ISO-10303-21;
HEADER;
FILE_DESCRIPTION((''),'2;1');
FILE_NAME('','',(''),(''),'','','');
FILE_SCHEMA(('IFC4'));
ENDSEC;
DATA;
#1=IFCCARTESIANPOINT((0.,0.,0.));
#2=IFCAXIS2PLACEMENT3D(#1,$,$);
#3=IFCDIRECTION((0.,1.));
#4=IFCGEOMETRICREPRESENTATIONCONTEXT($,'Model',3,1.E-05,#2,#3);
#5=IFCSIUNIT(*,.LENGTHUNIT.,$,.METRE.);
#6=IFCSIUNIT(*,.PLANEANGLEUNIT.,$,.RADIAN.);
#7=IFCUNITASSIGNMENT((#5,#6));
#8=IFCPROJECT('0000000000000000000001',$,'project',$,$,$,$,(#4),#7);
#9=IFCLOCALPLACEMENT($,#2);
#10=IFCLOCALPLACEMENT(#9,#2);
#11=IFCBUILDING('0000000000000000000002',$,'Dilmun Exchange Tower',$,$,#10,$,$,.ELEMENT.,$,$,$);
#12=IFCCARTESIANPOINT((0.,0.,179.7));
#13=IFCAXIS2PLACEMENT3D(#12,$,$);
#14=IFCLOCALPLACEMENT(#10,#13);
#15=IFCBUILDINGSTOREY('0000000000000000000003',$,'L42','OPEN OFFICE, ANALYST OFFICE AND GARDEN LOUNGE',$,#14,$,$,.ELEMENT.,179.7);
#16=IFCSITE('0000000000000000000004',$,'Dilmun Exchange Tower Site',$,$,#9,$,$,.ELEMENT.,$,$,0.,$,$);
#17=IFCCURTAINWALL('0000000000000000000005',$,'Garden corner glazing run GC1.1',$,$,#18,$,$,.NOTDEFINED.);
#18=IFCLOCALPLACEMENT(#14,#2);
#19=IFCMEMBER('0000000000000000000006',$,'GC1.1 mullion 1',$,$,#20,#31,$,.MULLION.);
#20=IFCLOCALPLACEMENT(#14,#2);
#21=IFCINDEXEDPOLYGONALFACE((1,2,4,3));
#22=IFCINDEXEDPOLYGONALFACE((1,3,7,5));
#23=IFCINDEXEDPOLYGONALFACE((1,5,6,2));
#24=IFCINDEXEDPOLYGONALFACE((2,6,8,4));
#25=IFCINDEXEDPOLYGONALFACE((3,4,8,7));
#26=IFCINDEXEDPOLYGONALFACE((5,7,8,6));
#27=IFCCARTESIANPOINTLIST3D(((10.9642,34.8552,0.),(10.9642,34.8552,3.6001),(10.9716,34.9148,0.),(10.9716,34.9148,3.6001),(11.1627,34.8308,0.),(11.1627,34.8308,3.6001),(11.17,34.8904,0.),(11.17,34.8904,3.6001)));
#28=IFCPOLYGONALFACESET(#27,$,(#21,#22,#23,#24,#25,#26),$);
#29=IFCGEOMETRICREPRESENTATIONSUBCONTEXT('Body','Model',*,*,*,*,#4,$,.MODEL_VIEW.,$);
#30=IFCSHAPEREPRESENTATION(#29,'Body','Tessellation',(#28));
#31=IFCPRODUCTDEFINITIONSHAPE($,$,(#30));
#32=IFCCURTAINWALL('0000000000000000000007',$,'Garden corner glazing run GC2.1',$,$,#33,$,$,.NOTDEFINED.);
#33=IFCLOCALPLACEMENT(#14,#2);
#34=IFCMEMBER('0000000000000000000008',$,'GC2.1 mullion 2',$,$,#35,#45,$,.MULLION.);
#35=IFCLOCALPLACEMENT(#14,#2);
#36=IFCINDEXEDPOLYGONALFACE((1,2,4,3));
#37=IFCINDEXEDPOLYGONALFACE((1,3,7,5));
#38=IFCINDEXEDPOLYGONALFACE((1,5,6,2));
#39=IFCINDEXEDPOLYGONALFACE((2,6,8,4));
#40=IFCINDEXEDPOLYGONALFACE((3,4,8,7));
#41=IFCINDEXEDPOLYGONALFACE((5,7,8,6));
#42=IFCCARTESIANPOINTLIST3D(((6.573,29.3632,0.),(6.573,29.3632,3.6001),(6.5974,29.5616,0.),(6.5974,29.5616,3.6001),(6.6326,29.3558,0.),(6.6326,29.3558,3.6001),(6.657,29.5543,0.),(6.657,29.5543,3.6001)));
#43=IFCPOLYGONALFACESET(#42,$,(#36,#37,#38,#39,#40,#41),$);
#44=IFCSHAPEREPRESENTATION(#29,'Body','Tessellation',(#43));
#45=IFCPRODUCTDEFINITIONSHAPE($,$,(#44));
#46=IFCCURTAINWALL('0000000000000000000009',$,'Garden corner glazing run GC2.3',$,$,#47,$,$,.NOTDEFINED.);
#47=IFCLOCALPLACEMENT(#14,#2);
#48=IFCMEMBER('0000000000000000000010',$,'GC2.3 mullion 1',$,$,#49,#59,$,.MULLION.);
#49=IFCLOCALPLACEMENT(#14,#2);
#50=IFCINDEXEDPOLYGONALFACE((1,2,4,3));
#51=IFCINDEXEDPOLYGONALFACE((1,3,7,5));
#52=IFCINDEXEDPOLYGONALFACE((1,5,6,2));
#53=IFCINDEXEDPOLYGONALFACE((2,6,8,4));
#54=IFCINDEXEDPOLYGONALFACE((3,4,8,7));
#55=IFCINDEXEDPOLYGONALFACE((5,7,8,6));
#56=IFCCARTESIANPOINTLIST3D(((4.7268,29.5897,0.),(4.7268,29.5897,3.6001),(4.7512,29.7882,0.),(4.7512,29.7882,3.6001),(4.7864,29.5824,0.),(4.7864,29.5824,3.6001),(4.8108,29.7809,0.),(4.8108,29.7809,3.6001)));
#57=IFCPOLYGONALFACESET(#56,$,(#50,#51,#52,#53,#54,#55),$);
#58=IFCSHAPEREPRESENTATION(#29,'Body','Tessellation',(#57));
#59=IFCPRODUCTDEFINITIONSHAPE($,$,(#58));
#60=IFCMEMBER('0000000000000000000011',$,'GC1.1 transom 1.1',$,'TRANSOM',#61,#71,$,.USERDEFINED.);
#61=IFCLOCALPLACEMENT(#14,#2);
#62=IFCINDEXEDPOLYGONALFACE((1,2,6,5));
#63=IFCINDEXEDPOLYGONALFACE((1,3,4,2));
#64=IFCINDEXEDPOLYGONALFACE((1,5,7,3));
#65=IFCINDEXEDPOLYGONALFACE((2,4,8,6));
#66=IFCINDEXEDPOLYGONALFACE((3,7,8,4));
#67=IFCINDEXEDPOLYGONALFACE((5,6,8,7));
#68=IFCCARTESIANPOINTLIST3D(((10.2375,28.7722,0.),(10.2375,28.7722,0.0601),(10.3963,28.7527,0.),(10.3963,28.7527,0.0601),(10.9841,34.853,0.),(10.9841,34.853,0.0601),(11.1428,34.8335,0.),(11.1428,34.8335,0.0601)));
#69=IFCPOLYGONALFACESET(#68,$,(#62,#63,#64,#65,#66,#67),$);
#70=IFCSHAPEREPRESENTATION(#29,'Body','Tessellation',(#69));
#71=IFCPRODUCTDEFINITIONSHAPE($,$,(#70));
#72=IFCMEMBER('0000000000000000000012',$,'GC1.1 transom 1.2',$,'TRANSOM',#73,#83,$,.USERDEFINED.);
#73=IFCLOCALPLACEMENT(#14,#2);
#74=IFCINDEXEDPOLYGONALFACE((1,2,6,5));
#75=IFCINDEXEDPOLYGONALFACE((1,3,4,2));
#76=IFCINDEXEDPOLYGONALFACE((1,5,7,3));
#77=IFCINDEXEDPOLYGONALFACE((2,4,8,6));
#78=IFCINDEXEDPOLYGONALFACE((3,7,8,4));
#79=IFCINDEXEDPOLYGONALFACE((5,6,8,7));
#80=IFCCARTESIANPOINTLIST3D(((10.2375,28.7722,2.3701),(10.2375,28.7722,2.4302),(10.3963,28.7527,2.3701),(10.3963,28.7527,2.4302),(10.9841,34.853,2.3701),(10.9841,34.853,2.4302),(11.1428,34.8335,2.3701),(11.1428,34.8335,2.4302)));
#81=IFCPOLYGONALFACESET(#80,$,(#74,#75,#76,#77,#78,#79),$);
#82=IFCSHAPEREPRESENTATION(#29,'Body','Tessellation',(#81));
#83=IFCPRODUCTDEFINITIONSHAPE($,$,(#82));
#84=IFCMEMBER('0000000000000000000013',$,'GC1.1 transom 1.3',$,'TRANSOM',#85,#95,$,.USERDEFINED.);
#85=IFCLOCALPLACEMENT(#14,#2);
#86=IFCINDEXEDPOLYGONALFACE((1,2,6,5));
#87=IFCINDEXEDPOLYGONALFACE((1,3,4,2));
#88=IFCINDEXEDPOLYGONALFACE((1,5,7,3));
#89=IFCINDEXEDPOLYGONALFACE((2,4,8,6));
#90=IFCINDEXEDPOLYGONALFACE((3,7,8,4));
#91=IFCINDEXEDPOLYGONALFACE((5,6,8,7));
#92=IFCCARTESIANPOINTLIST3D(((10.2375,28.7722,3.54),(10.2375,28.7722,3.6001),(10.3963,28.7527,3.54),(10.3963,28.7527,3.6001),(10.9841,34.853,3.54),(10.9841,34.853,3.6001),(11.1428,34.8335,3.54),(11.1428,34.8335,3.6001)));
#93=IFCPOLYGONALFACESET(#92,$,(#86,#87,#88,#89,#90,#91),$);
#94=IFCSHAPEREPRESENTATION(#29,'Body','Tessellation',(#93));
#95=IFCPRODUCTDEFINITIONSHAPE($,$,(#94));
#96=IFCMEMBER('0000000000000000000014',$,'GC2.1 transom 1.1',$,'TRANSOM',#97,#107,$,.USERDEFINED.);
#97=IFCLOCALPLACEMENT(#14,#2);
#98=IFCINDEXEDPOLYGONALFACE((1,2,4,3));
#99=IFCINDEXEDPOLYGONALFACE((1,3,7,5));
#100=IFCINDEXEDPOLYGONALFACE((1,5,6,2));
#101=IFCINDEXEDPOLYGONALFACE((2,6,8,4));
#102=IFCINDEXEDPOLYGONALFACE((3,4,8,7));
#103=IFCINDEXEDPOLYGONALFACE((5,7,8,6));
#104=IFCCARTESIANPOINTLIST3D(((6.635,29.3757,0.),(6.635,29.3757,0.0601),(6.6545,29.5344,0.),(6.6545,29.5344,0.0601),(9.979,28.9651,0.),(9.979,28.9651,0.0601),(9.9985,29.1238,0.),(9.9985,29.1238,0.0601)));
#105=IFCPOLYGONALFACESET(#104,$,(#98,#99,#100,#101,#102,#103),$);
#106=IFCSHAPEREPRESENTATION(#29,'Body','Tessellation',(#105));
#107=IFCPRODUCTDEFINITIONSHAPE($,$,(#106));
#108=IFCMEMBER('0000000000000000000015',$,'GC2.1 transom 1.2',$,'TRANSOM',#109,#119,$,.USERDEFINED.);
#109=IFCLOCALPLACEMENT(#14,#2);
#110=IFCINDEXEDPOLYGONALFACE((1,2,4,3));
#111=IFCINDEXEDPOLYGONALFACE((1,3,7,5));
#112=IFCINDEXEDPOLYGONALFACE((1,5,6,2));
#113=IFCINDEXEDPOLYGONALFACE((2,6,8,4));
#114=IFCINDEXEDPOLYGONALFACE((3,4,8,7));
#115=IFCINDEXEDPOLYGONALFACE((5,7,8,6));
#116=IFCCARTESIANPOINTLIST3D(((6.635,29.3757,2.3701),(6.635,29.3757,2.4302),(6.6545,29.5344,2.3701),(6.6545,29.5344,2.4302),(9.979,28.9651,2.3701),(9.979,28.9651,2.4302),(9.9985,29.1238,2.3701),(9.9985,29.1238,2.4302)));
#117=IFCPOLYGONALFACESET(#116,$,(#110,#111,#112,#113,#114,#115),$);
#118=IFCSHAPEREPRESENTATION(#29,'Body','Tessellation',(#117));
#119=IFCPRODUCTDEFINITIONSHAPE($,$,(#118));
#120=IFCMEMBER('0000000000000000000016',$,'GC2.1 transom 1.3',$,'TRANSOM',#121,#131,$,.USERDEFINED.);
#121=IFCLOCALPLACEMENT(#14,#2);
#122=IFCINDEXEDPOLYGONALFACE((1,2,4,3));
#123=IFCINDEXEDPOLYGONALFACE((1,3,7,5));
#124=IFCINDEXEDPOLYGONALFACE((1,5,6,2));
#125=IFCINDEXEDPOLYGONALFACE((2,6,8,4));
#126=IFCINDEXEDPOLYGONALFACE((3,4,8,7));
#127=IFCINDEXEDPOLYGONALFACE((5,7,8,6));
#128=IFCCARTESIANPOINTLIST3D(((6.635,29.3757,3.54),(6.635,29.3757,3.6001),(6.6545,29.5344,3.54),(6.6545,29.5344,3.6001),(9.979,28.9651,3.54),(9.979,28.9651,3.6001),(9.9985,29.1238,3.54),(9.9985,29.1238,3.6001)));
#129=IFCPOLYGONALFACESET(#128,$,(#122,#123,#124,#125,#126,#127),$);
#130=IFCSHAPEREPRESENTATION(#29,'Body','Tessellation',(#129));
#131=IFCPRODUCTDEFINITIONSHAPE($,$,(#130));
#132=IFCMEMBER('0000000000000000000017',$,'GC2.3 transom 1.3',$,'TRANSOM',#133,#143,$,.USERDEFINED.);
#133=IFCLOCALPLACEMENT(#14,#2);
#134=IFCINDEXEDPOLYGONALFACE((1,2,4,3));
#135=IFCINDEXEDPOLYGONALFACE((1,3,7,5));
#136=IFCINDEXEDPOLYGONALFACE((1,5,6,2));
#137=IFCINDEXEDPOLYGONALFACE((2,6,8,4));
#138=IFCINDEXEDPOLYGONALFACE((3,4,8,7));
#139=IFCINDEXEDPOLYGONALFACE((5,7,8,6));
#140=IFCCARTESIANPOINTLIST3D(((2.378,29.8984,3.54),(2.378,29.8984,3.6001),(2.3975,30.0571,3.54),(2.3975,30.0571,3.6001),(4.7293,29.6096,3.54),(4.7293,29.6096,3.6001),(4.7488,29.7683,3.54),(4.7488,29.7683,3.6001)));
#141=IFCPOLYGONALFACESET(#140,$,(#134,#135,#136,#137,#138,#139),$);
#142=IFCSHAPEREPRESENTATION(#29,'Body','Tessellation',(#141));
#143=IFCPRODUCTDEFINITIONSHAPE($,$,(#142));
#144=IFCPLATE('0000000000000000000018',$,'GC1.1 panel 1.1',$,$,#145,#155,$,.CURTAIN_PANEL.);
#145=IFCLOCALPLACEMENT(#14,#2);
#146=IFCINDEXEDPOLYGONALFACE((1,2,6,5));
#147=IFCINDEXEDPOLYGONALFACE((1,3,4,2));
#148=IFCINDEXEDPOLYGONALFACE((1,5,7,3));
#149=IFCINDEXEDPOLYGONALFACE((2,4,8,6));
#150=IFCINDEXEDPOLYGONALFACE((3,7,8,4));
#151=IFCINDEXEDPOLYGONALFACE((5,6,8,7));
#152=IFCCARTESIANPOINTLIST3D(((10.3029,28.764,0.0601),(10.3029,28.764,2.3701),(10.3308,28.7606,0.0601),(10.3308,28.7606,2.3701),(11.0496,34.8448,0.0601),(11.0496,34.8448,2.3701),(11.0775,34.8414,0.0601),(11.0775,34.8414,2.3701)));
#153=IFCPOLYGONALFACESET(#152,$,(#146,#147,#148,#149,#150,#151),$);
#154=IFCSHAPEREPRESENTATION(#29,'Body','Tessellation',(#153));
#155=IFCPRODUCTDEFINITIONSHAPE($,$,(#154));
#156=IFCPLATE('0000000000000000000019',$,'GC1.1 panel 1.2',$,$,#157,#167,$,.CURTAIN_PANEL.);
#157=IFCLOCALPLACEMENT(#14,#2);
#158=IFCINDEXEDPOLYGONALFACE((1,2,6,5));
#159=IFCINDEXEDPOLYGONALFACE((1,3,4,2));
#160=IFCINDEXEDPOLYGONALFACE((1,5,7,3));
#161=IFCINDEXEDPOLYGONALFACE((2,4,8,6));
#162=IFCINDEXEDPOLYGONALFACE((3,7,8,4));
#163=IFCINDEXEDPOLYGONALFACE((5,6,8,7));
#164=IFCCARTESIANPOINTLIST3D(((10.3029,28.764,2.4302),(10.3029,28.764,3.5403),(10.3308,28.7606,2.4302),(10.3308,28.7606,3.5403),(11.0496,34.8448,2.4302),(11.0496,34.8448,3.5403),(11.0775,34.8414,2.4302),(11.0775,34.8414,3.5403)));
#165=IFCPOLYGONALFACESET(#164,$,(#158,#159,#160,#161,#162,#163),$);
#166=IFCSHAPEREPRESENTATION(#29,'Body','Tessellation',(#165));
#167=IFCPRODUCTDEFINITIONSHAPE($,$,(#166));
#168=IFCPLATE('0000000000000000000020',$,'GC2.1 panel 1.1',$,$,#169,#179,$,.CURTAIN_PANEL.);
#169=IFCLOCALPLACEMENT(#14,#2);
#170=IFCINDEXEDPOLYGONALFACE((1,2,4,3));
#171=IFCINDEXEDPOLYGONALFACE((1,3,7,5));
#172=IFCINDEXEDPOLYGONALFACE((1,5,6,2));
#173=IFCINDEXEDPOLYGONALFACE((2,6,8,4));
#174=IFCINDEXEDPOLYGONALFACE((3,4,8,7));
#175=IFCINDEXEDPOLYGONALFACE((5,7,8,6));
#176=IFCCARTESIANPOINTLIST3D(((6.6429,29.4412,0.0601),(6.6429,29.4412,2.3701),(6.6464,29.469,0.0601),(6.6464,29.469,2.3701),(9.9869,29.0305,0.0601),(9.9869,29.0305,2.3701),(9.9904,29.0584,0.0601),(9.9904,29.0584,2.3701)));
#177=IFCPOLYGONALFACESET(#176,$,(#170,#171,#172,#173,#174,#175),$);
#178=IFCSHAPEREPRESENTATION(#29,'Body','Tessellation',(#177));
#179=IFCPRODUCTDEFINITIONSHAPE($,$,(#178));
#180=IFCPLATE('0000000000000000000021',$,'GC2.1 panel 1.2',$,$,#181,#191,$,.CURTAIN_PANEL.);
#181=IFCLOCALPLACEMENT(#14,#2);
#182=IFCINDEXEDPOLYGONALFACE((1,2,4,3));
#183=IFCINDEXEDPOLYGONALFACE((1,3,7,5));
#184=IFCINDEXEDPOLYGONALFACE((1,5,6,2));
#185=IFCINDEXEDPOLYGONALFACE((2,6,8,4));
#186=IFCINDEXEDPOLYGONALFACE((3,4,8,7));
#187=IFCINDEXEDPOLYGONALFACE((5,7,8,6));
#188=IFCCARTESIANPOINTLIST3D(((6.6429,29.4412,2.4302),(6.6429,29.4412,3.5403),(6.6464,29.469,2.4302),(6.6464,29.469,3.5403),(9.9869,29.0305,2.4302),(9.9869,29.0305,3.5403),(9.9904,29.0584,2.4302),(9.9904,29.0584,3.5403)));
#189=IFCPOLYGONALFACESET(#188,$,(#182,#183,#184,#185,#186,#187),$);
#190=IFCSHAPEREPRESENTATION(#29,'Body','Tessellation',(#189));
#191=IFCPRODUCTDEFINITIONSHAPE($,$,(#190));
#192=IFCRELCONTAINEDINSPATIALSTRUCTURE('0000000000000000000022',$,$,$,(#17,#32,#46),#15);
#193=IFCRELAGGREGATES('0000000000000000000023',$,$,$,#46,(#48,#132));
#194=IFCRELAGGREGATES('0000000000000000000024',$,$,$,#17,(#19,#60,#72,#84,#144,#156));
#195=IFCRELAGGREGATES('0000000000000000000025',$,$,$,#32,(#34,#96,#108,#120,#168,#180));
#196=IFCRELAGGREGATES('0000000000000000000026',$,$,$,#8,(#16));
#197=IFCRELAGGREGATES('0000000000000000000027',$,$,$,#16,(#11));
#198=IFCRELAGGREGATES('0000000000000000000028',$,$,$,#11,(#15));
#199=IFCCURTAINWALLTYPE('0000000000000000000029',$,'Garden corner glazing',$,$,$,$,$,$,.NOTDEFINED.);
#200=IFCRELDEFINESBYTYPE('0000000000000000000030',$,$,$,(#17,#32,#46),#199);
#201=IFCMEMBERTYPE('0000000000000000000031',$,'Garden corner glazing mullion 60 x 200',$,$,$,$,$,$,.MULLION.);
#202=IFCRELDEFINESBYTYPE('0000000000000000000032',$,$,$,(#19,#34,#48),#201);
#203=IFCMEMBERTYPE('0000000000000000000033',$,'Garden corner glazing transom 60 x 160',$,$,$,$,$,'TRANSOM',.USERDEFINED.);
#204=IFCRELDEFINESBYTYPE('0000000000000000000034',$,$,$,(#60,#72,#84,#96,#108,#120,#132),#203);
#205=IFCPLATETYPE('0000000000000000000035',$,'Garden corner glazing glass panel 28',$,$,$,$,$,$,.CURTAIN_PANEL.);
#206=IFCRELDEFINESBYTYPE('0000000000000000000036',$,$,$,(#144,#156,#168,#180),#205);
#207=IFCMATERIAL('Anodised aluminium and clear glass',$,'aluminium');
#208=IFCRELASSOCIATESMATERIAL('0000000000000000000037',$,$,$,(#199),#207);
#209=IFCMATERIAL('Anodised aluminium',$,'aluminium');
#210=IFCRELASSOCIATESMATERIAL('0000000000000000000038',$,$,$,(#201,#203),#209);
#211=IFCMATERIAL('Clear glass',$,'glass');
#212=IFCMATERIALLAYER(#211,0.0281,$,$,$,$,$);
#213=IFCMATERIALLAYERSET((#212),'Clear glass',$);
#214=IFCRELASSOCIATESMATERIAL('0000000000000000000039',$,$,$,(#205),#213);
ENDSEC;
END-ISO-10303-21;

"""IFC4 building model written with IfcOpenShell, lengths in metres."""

from ifc_helpers import new_model, si_unit, direction, frame, origin, origin_2d, place, context, subcontext, project, spatial, rectangle, extrude, material, layer, layer_set, material_profile, profile_set, type_object, element, aggregate, save


model = new_model("IFC4")

# Units and contexts
model_context = context("Model", 3, precision=1e-05, world=origin(), true_north=direction((0.0, 1.0)))
body_context = subcontext(model_context, "Body", "Model", "MODEL_VIEW")
ifc_project = project(units=[si_unit("LENGTHUNIT", "METRE"), si_unit("PLANEANGLEUNIT", "RADIAN")], contexts=[model_context])

# Site, building, storey
site_placement = place(None, origin())
site = spatial("IfcSite", under=ifc_project, at=site_placement, Name="Dilmun Exchange Tower Site", CompositionType="ELEMENT", RefElevation=0.0)
building_placement = place(site_placement, origin())
building = spatial("IfcBuilding", under=site, at=building_placement, Name="Dilmun Exchange Tower", CompositionType="ELEMENT")
storey_placement = place(building_placement, frame((0.0, 0.0, 179.7)))
storey = spatial("IfcBuildingStorey", under=building, at=storey_placement, Name="L42", Description="OPEN OFFICE, ANALYST OFFICE AND GARDEN LOUNGE", CompositionType="ELEMENT", Elevation=179.7)

# Curtain walls, members
ifc_material_1 = material(Name="Anodised aluminium and clear glass", Category="aluminium")
curtain_wall_type = type_object("IfcCurtainWallType", Name="Garden corner glazing", PredefinedType="NOTDEFINED", material=ifc_material_1)
curtain_wall_1_placement = place(storey_placement, origin())
curtain_wall_1 = element("IfcCurtainWall", 1, at=curtain_wall_1_placement, inside=storey, type_object=curtain_wall_type, Name="Garden corner glazing run GC1.1", PredefinedType="NOTDEFINED")
ifc_material_2 = material(Name="Anodised aluminium", Category="aluminium")
ifc_material_profile_1 = material_profile(ifc_material_2, rectangle(XDim=0.2, YDim=0.0601, at=origin_2d()), Name="AL 60x200")
ifc_profile_set_1 = profile_set([ifc_material_profile_1], Name="Anodised aluminium")
member_type_1 = type_object("IfcMemberType", Name="Garden corner glazing mullion 60 x 200", PredefinedType="MULLION", material=ifc_profile_set_1)
member_1_placement = place(storey_placement, frame((11.0671, 34.8728, 0.0), z_axis=(0.0, 0.0, 1.0), x_axis=(0.992545, -0.121877, 0.0)))
member_1 = element("IfcMember", 2, at=member_1_placement, type_object=member_type_1, Name="GC1.1 mullion 1", PredefinedType="MULLION", context=body_context, shape_type="SweptSolid", body=[
    extrude(rectangle(XDim=0.2, YDim=0.0601, at=origin_2d()), origin(), (0.0, 0.0, 1.0), 3.6001),
])
curtain_wall_2_placement = place(storey_placement, origin())
curtain_wall_2 = element("IfcCurtainWall", 3, at=curtain_wall_2_placement, inside=storey, type_object=curtain_wall_type, Name="Garden corner glazing run GC2.1", PredefinedType="NOTDEFINED")
member_2_placement = place(storey_placement, frame((6.615, 29.4587, 0.0), z_axis=(0.0, 0.0, 1.0), x_axis=(-0.121893, -0.992543, 0.0)))
member_2 = element("IfcMember", 4, at=member_2_placement, type_object=member_type_1, Name="GC2.1 mullion 2", PredefinedType="MULLION", context=body_context, shape_type="SweptSolid", body=[
    extrude(rectangle(XDim=0.2, YDim=0.0601, at=origin_2d()), origin(), (0.0, 0.0, 1.0), 3.6001),
])
curtain_wall_3_placement = place(storey_placement, origin())
curtain_wall_3 = element("IfcCurtainWall", 5, at=curtain_wall_3_placement, inside=storey, type_object=curtain_wall_type, Name="Garden corner glazing run GC2.3", PredefinedType="NOTDEFINED")
member_3_placement = place(storey_placement, frame((4.7688, 29.6853, 0.0), z_axis=(0.0, 0.0, 1.0), x_axis=(-0.121893, -0.992543, 0.0)))
member_3 = element("IfcMember", 6, at=member_3_placement, type_object=member_type_1, Name="GC2.3 mullion 1", PredefinedType="MULLION", context=body_context, shape_type="SweptSolid", body=[
    extrude(rectangle(XDim=0.2, YDim=0.0601, at=origin_2d()), origin(), (0.0, 0.0, 1.0), 3.6001),
])

# Members
ifc_material_profile_2 = material_profile(ifc_material_2, rectangle(XDim=0.1599, YDim=0.0601, at=origin_2d()), Name="AL 60x160")
ifc_profile_set_2 = profile_set([ifc_material_profile_2], Name="Anodised aluminium")
member_type_2 = type_object("IfcMemberType", Name="Garden corner glazing transom 60 x 160", ElementType="TRANSOM", PredefinedType="USERDEFINED", material=ifc_profile_set_2)
member_4_placement = place(storey_placement, frame((11.0635, 34.8433, 0.03), z_axis=(-0.121862, -0.992547, 0.0), x_axis=(0.992547, -0.121862, 0.0)))
member_4 = element("IfcMember", 7, at=member_4_placement, type_object=member_type_2, Name="GC1.1 transom 1.1", ObjectType="TRANSOM", PredefinedType="USERDEFINED", context=body_context, shape_type="SweptSolid", body=[
    extrude(rectangle(XDim=0.1599, YDim=0.0601, at=origin_2d()), origin(), (0.0, 0.0, 1.0), 6.1265),
])
member_5_placement = place(storey_placement, frame((11.0635, 34.8433, 2.4001), z_axis=(-0.121862, -0.992547, 0.0), x_axis=(0.992547, -0.121862, 0.0)))
member_5 = element("IfcMember", 8, at=member_5_placement, type_object=member_type_2, Name="GC1.1 transom 1.2", ObjectType="TRANSOM", PredefinedType="USERDEFINED", context=body_context, shape_type="SweptSolid", body=[
    extrude(rectangle(XDim=0.1599, YDim=0.0601, at=origin_2d()), origin(), (0.0, 0.0, 1.0), 6.1265),
])
member_6_placement = place(storey_placement, frame((11.0635, 34.8433, 3.5701), z_axis=(-0.121862, -0.992547, 0.0), x_axis=(0.992547, -0.121862, 0.0)))
member_6 = element("IfcMember", 9, at=member_6_placement, type_object=member_type_2, Name="GC1.1 transom 1.3", ObjectType="TRANSOM", PredefinedType="USERDEFINED", context=body_context, shape_type="SweptSolid", body=[
    extrude(rectangle(XDim=0.1599, YDim=0.0601, at=origin_2d()), origin(), (0.0, 0.0, 1.0), 6.1265),
])
member_7_placement = place(storey_placement, frame((9.9888, 29.0444, 0.03), z_axis=(-0.992544, 0.121885, 0.0), x_axis=(-0.121885, -0.992544, 0.0)))
member_7 = element("IfcMember", 10, at=member_7_placement, type_object=member_type_2, Name="GC2.1 transom 1.1", ObjectType="TRANSOM", PredefinedType="USERDEFINED", context=body_context, shape_type="SweptSolid", body=[
    extrude(rectangle(XDim=0.1599, YDim=0.0601, at=origin_2d()), origin(), (0.0, 0.0, 1.0), 3.3691),
])
member_8_placement = place(storey_placement, frame((9.9888, 29.0444, 2.4001), z_axis=(-0.992544, 0.121885, 0.0), x_axis=(-0.121885, -0.992544, 0.0)))
member_8 = element("IfcMember", 11, at=member_8_placement, type_object=member_type_2, Name="GC2.1 transom 1.2", ObjectType="TRANSOM", PredefinedType="USERDEFINED", context=body_context, shape_type="SweptSolid", body=[
    extrude(rectangle(XDim=0.1599, YDim=0.0601, at=origin_2d()), origin(), (0.0, 0.0, 1.0), 3.3691),
])
member_9_placement = place(storey_placement, frame((9.9888, 29.0444, 3.5701), z_axis=(-0.992544, 0.121885, 0.0), x_axis=(-0.121885, -0.992544, 0.0)))
member_9 = element("IfcMember", 12, at=member_9_placement, type_object=member_type_2, Name="GC2.1 transom 1.3", ObjectType="TRANSOM", PredefinedType="USERDEFINED", context=body_context, shape_type="SweptSolid", body=[
    extrude(rectangle(XDim=0.1599, YDim=0.0601, at=origin_2d()), origin(), (0.0, 0.0, 1.0), 3.3691),
])
member_10_placement = place(storey_placement, frame((4.739, 29.689, 3.5701), z_axis=(-0.99254, 0.121916, 0.0), x_axis=(-0.121916, -0.99254, 0.0)))
member_10 = element("IfcMember", 13, at=member_10_placement, type_object=member_type_2, Name="GC2.3 transom 1.3", ObjectType="TRANSOM", PredefinedType="USERDEFINED", context=body_context, shape_type="SweptSolid", body=[
    extrude(rectangle(XDim=0.1599, YDim=0.0601, at=origin_2d()), origin(), (0.0, 0.0, 1.0), 2.3689),
])
aggregate(curtain_wall_3, [member_3, member_10])

# Plates
ifc_material_3 = material(Name="Clear glass", Category="glass")
ifc_layer_1 = layer(ifc_material_3, 0.0281)
ifc_layer_set_1 = layer_set([ifc_layer_1], Name="Clear glass")
plate_type = type_object("IfcPlateType", Name="Garden corner glazing glass panel 28", PredefinedType="CURTAIN_PANEL", material=ifc_layer_set_1)
plate_1_placement = place(storey_placement, frame((10.6902, 31.8027, 0.0601), z_axis=(0.0, 0.0, 1.0), x_axis=(-0.121877, -0.992545, 0.0)))
plate_1 = element("IfcPlate", 14, at=plate_1_placement, type_object=plate_type, Name="GC1.1 panel 1.1", PredefinedType="CURTAIN_PANEL", context=body_context, shape_type="SweptSolid", body=[
    extrude(rectangle(XDim=6.1265, YDim=0.0281, at=origin_2d()), origin(), (0.0, 0.0, 1.0), 2.3101),
])
plate_2_placement = place(storey_placement, frame((10.6902, 31.8027, 2.4302), z_axis=(0.0, 0.0, 1.0), x_axis=(-0.121877, -0.992545, 0.0)))
plate_2 = element("IfcPlate", 15, at=plate_2_placement, type_object=plate_type, Name="GC1.1 panel 1.2", PredefinedType="CURTAIN_PANEL", context=body_context, shape_type="SweptSolid", body=[
    extrude(rectangle(XDim=6.1265, YDim=0.0281, at=origin_2d()), origin(), (0.0, 0.0, 1.0), 1.1101),
])
aggregate(curtain_wall_1, [member_1, member_4, member_5, member_6, plate_1, plate_2])
plate_3_placement = place(storey_placement, frame((8.3167, 29.2498, 0.0601), z_axis=(0.0, 0.0, 1.0), x_axis=(-0.992543, 0.121893, 0.0)))
plate_3 = element("IfcPlate", 16, at=plate_3_placement, type_object=plate_type, Name="GC2.1 panel 1.1", PredefinedType="CURTAIN_PANEL", context=body_context, shape_type="SweptSolid", body=[
    extrude(rectangle(XDim=3.3691, YDim=0.0281, at=origin_2d()), origin(), (0.0, 0.0, 1.0), 2.3101),
])
plate_4_placement = place(storey_placement, frame((8.3167, 29.2498, 2.4302), z_axis=(0.0, 0.0, 1.0), x_axis=(-0.992543, 0.121893, 0.0)))
plate_4 = element("IfcPlate", 17, at=plate_4_placement, type_object=plate_type, Name="GC2.1 panel 1.2", PredefinedType="CURTAIN_PANEL", context=body_context, shape_type="SweptSolid", body=[
    extrude(rectangle(XDim=3.3691, YDim=0.0281, at=origin_2d()), origin(), (0.0, 0.0, 1.0), 1.1101),
])
aggregate(curtain_wall_2, [member_2, member_7, member_8, member_9, plate_3, plate_4])

save(model, "model.ifc")
